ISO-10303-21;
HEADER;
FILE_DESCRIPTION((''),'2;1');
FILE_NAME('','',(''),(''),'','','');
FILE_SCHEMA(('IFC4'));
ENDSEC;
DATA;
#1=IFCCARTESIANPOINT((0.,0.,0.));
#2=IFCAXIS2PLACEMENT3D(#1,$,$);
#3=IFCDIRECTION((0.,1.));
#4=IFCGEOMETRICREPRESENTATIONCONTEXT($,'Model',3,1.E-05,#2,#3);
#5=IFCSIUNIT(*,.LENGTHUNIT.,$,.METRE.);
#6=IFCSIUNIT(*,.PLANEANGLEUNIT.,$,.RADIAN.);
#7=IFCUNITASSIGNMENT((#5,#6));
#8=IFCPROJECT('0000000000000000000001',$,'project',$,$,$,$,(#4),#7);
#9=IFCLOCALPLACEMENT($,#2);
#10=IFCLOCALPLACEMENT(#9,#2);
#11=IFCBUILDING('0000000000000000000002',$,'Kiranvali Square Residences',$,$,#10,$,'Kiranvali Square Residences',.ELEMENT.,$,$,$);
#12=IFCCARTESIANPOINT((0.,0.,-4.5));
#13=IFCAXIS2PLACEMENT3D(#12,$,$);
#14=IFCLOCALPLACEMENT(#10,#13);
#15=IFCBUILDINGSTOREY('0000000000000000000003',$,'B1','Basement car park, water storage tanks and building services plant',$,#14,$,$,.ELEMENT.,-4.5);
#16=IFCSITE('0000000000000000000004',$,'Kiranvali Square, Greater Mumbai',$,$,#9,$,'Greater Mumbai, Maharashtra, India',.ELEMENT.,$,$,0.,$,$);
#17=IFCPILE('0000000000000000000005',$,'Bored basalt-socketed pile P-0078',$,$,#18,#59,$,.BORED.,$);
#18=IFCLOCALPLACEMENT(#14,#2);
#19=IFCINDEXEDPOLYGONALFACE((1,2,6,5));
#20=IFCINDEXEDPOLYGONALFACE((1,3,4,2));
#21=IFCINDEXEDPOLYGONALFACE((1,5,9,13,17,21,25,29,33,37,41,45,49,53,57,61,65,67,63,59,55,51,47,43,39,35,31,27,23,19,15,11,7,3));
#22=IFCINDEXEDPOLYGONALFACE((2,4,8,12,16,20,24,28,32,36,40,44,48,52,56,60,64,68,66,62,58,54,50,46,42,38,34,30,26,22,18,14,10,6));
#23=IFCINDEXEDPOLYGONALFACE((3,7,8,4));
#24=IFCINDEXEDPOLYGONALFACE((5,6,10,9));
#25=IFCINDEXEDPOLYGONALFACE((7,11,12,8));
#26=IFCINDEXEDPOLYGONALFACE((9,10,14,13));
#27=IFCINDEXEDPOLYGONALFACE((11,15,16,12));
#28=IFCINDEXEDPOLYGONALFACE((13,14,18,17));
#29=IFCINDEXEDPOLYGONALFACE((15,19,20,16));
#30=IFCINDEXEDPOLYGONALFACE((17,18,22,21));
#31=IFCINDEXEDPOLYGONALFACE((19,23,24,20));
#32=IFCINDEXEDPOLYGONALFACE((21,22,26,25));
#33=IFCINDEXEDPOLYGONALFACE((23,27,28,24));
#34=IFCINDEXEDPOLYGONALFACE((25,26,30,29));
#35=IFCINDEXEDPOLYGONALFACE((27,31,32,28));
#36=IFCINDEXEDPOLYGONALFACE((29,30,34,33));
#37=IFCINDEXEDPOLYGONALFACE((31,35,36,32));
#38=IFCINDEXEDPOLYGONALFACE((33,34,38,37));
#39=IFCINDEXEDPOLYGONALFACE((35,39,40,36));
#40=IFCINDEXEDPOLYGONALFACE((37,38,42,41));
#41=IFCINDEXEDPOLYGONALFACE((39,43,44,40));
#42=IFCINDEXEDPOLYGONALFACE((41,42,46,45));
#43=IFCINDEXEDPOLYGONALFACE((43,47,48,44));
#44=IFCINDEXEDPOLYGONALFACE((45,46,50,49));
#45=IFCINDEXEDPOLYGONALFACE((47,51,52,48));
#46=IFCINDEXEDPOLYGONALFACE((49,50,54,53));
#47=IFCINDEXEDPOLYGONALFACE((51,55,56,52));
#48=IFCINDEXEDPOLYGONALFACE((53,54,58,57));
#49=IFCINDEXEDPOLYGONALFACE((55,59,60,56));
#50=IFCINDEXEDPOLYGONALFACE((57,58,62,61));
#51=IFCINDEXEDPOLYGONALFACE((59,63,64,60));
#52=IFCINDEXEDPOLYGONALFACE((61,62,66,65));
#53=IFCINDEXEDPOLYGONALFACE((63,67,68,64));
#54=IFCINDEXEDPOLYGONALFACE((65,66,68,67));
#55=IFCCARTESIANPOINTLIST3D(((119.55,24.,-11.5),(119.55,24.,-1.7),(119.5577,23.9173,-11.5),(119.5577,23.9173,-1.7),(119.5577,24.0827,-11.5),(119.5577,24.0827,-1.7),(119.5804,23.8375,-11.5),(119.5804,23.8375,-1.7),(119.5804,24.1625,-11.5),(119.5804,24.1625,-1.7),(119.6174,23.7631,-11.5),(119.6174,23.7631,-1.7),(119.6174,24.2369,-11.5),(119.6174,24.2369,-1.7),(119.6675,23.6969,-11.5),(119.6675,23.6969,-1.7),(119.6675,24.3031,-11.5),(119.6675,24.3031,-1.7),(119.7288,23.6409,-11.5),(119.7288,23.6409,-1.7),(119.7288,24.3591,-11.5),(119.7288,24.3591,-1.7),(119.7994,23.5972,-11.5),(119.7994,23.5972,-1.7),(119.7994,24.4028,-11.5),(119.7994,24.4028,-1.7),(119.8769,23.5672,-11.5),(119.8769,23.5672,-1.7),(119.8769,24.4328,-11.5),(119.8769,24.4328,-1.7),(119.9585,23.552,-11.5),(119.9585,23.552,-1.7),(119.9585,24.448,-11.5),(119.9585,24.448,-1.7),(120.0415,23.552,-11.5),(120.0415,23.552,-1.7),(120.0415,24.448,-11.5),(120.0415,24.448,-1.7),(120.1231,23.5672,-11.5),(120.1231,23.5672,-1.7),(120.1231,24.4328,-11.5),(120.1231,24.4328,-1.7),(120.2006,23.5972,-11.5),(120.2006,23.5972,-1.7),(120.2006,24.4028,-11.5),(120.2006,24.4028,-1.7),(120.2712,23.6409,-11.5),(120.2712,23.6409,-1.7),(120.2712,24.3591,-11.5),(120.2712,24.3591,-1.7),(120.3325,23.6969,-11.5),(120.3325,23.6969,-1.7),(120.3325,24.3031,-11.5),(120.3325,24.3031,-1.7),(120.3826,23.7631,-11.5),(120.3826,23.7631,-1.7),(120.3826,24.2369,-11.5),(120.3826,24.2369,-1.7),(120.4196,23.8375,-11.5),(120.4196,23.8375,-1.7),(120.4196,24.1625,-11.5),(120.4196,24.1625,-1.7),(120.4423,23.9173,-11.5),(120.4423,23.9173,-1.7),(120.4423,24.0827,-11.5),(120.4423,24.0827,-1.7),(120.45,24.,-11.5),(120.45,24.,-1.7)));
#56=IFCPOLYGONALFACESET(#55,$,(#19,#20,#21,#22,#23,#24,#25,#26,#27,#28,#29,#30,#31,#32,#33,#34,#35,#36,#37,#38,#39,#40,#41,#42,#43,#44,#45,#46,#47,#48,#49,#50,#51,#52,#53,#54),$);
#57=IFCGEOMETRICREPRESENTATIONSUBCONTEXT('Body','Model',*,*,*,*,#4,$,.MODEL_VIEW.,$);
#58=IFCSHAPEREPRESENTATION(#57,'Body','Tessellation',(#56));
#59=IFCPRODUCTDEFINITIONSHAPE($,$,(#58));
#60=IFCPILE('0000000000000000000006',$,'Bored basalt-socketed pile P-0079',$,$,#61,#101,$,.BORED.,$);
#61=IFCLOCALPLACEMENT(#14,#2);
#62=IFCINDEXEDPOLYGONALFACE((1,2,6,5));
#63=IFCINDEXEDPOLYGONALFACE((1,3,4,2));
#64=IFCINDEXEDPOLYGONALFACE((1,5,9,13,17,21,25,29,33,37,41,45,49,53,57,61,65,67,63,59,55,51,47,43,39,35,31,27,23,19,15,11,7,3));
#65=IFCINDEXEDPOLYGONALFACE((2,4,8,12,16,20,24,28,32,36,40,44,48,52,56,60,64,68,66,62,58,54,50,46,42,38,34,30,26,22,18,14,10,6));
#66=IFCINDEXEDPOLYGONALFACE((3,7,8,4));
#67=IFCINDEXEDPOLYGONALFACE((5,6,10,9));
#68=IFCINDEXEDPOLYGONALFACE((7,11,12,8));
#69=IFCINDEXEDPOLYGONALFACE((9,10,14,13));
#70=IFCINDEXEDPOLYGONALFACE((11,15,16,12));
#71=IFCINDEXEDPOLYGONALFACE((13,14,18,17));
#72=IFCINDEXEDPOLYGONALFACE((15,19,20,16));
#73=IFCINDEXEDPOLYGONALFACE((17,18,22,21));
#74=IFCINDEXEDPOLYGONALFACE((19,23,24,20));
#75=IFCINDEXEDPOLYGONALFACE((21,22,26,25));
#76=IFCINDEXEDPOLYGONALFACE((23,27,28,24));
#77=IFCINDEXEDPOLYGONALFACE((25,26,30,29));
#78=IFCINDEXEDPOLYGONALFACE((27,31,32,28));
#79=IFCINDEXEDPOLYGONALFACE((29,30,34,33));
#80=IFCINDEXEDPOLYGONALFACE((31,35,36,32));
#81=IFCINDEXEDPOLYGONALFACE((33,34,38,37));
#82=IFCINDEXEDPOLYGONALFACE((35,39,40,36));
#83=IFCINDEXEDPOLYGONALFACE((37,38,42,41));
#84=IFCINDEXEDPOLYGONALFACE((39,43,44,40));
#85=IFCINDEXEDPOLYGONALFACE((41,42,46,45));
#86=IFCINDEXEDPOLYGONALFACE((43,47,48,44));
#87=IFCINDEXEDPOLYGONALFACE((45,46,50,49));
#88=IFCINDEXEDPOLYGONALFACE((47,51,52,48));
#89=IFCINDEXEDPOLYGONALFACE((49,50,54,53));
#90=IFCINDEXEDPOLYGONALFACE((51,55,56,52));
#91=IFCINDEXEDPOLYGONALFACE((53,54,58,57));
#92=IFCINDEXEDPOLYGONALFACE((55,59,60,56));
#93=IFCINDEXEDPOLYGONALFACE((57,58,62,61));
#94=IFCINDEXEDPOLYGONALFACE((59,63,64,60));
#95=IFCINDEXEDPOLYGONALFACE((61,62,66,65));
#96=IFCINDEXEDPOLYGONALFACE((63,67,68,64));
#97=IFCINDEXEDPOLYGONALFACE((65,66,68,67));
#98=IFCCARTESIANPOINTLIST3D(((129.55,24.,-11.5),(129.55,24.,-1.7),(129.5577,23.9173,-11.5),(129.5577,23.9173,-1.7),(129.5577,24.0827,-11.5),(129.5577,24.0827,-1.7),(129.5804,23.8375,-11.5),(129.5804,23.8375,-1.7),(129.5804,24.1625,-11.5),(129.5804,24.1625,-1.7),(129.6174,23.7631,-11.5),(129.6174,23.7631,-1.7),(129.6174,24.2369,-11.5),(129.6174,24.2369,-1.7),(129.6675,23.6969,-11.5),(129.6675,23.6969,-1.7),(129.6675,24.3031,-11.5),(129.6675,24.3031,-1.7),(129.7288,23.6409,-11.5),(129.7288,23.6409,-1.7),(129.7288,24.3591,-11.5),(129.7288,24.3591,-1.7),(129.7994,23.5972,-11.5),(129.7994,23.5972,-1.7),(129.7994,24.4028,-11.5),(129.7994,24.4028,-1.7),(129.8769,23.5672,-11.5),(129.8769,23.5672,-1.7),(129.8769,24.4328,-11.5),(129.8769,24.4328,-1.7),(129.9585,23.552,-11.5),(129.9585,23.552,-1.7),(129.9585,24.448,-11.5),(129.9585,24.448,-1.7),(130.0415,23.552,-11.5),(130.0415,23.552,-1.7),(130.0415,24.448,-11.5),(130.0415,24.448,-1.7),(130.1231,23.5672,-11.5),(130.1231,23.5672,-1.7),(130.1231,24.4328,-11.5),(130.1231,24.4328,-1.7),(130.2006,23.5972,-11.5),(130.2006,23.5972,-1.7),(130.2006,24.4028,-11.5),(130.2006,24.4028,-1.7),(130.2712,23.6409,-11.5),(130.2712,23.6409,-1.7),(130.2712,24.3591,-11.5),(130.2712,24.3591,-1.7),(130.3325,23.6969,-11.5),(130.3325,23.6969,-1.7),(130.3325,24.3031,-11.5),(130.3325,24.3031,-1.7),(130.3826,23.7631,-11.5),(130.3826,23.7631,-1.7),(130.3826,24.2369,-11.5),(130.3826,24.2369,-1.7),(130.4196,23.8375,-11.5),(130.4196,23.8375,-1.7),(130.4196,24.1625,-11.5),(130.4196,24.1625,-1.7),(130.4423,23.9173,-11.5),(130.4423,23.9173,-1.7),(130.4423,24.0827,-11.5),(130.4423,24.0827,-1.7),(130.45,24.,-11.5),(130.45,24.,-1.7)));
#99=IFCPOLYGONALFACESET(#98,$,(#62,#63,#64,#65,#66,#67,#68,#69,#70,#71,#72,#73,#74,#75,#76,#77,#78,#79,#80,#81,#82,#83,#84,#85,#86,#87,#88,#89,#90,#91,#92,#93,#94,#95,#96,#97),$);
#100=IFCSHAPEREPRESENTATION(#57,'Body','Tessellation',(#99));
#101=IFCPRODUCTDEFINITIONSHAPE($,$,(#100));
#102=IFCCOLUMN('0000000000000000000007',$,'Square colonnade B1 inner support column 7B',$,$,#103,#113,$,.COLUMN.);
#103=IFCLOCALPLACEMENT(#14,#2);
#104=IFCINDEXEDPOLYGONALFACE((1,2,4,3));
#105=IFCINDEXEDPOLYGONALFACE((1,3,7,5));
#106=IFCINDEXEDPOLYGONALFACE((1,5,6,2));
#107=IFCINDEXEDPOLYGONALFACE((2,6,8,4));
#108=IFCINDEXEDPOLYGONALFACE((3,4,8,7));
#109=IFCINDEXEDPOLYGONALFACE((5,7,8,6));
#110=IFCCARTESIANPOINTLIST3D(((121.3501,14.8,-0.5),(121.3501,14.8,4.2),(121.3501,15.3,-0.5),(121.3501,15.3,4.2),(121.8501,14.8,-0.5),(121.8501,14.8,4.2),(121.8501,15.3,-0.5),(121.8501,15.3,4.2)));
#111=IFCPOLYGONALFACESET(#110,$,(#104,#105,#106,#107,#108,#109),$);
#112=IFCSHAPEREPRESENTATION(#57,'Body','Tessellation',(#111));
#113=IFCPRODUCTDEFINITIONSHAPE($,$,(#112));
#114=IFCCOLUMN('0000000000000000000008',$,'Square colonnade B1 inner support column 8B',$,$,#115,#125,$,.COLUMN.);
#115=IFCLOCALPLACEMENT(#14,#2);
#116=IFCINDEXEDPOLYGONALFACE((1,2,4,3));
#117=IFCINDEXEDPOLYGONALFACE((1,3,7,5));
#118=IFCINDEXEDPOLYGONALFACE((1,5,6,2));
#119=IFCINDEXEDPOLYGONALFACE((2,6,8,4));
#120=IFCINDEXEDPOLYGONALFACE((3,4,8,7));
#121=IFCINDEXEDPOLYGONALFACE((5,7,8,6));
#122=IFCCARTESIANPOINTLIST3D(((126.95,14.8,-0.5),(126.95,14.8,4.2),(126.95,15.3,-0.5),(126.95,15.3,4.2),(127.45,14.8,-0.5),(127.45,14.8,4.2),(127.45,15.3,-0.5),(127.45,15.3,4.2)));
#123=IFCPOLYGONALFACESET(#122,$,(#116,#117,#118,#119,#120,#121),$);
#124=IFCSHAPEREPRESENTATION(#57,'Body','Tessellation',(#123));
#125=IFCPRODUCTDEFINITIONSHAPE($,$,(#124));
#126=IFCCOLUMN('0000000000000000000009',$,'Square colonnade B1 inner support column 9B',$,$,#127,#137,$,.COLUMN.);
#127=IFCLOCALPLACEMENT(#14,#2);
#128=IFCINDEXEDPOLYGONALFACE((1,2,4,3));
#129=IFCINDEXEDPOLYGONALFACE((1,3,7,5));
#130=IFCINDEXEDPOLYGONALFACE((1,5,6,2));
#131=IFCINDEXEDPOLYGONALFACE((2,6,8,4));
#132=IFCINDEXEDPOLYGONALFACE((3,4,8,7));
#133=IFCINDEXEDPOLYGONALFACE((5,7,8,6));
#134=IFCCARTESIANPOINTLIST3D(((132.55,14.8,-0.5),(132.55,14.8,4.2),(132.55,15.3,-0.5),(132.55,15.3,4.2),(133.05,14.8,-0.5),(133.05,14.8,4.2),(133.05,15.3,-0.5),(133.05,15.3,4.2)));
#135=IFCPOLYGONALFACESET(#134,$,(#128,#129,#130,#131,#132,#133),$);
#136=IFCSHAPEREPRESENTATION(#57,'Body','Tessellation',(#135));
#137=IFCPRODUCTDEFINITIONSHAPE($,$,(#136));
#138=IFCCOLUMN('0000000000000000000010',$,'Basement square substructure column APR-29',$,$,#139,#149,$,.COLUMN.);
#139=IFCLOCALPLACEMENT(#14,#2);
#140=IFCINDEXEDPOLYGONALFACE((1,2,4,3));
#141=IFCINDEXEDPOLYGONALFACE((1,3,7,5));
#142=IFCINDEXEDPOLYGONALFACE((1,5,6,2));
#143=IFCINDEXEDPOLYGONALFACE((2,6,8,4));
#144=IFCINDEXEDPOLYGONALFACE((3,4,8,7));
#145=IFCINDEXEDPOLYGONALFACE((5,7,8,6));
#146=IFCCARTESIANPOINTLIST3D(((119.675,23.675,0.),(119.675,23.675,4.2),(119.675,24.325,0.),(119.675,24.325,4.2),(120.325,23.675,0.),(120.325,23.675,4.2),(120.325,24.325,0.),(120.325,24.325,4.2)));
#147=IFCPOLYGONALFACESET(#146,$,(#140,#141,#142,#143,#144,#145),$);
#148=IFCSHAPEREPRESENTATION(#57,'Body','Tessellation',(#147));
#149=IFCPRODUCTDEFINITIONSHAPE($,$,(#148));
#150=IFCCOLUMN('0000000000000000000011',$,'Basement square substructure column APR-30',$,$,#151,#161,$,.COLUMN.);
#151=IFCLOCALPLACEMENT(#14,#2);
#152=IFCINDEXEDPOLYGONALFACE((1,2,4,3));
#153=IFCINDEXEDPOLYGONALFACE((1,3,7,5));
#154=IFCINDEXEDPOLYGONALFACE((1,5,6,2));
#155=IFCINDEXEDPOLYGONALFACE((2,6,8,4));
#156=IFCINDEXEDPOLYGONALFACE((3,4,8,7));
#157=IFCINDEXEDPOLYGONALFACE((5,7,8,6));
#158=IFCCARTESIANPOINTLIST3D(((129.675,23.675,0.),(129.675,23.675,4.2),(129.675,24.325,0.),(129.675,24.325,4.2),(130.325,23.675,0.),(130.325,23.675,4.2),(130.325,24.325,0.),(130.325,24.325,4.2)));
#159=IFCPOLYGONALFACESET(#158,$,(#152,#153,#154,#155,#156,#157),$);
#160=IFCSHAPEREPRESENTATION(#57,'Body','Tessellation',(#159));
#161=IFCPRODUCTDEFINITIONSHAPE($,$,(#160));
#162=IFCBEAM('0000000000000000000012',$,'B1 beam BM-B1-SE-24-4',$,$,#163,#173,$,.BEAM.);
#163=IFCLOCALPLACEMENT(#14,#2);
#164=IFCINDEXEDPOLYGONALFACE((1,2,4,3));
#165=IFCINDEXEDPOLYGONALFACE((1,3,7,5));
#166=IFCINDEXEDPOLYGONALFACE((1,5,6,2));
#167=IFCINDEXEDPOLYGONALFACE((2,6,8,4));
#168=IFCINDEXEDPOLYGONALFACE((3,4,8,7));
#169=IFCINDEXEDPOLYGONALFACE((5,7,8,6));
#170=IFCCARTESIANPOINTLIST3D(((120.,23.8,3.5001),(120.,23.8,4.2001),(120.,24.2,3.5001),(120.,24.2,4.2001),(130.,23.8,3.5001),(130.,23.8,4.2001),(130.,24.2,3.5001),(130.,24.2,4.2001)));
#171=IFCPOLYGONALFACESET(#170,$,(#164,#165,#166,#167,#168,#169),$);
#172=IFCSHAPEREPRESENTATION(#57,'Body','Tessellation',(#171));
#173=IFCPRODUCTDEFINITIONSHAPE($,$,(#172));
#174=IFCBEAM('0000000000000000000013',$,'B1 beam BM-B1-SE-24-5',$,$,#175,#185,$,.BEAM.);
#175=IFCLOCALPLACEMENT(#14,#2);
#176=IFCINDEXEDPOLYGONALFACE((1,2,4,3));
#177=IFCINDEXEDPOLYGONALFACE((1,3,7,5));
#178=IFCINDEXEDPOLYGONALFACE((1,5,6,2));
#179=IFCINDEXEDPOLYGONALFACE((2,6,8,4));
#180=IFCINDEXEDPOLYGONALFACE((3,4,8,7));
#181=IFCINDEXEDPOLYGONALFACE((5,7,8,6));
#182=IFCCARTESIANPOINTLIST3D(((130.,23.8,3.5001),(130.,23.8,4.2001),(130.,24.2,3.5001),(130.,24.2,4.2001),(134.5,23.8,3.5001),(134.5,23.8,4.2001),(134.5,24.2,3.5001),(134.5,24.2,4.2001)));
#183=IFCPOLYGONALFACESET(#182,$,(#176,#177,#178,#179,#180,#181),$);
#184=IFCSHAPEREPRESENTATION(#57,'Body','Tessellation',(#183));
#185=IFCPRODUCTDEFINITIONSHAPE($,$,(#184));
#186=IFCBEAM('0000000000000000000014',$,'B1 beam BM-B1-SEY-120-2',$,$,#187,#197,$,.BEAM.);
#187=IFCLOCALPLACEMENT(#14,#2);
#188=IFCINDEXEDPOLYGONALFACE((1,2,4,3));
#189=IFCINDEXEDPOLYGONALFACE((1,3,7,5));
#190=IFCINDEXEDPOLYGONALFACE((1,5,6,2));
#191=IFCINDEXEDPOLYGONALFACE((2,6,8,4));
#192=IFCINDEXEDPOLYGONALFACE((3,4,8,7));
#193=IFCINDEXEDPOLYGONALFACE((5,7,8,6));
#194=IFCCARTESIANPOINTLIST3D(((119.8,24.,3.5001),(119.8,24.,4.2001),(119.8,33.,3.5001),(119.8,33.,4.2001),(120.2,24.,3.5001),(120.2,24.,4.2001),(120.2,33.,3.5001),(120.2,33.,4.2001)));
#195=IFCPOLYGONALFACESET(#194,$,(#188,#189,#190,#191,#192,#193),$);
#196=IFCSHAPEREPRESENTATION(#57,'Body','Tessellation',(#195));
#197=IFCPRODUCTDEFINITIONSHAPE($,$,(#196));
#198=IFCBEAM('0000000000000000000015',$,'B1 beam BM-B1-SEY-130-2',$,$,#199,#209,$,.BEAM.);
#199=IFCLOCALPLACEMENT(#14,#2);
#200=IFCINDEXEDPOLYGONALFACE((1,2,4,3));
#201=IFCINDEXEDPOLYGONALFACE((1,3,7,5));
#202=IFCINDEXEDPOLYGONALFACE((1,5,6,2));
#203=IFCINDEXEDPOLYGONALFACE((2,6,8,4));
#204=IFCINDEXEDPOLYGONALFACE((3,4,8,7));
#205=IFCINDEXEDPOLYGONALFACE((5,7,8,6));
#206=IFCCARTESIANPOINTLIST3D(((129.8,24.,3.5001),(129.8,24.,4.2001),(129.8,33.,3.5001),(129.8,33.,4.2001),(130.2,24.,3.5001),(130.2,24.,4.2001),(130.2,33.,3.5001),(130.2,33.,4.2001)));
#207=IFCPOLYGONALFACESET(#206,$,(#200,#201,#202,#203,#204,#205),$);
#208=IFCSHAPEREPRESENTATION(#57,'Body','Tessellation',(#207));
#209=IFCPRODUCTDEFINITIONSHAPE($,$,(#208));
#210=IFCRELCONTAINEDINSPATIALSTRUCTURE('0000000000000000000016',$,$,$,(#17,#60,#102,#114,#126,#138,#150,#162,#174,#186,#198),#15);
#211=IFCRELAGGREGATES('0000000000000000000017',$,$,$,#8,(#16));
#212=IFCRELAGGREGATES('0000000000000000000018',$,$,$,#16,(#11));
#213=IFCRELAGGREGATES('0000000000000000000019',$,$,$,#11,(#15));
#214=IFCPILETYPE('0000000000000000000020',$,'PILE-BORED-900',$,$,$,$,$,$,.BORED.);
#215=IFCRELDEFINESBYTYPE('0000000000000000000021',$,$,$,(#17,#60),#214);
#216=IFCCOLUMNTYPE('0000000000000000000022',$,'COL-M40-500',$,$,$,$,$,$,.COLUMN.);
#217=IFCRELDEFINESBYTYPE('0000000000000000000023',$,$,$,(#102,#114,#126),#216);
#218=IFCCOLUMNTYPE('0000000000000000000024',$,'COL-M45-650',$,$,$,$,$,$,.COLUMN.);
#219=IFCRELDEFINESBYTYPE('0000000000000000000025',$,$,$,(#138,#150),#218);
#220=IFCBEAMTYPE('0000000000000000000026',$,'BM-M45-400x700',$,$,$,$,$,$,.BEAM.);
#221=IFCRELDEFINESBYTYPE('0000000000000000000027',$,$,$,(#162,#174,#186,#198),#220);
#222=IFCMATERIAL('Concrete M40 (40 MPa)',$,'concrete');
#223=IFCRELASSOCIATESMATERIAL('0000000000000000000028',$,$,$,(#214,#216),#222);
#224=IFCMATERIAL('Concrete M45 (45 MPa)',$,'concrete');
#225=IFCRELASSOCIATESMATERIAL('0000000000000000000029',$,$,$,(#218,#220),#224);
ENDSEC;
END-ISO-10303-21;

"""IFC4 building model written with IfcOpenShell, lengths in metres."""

from ifc_helpers import new_model, si_unit, direction, frame, origin, origin_2d, place, context, subcontext, project, spatial, rectangle, circle, extrude, material, material_profile, profile_set, type_object, element, save


model = new_model("IFC4")

# Units and contexts
model_context = context("Model", 3, precision=1e-05, world=origin(), true_north=direction((0.0, 1.0)))
body_context = subcontext(model_context, "Body", "Model", "MODEL_VIEW")
ifc_project = project(units=[si_unit("LENGTHUNIT", "METRE"), si_unit("PLANEANGLEUNIT", "RADIAN")], contexts=[model_context])

# Site, building, storey
site_placement = place(None, origin())
site = spatial("IfcSite", under=ifc_project, at=site_placement, Name="Kiranvali Square, Greater Mumbai", LongName="Greater Mumbai, Maharashtra, India", CompositionType="ELEMENT", RefElevation=0.0)
building_placement = place(site_placement, origin())
building = spatial("IfcBuilding", under=site, at=building_placement, Name="Kiranvali Square Residences", LongName="Kiranvali Square Residences", CompositionType="ELEMENT")
storey_placement = place(building_placement, frame((0.0, 0.0, -4.5)))
storey = spatial("IfcBuildingStorey", under=building, at=storey_placement, Name="B1", Description="Basement car park, water storage tanks and building services plant", CompositionType="ELEMENT", Elevation=-4.5)

# Shared definitions
ifc_material_1 = material(Name="Concrete M40 (40 MPa)", Category="concrete")

# Piles
ifc_material_profile_1 = material_profile(ifc_material_1, circle(Radius=0.45, at=origin_2d()), Name="BORED PILE 900")
ifc_profile_set_1 = profile_set([ifc_material_profile_1], Name="Concrete M40 (40 MPa)")
pile_type = type_object("IfcPileType", Name="PILE-BORED-900", PredefinedType="BORED", material=ifc_profile_set_1)
for number, where, z_axis, x_axis, name in (
    (1, (120.0, 24.0, -1.7), (0.0, 0.0, -1.0), (1.0, 0.0, 0.0), "Bored basalt-socketed pile P-0078"),
    (2, (130.0, 24.0, -1.7), (0.0, 0.0, -1.0), (1.0, 0.0, 0.0), "Bored basalt-socketed pile P-0079"),
):
    element("IfcPile", number, at=place(storey_placement, frame(where, z_axis=z_axis, x_axis=x_axis)), inside=storey, type_object=pile_type, Name=name, PredefinedType="BORED", context=body_context, shape_type="SweptSolid", body=[
        extrude(circle(Radius=0.45, at=origin_2d()), origin(), (0.0, 0.0, 1.0), 9.8),
    ])

# Columns
ifc_material_profile_2 = material_profile(ifc_material_1, rectangle(XDim=0.5, YDim=0.5, at=origin_2d()), Name="RC 500x500")
ifc_profile_set_2 = profile_set([ifc_material_profile_2], Name="Concrete M40 (40 MPa)")
column_type_1 = type_object("IfcColumnType", Name="COL-M40-500", PredefinedType="COLUMN", material=ifc_profile_set_2)
for number, where, z_axis, x_axis, name in (
    (3, (121.6001, 15.05, -0.5), (0.0, 0.0, 1.0), (1.0, 0.0, 0.0), "Square colonnade B1 inner support column 7B"),
    (4, (127.2, 15.05, -0.5), (0.0, 0.0, 1.0), (1.0, 0.0, 0.0), "Square colonnade B1 inner support column 8B"),
    (5, (132.8, 15.05, -0.5), (0.0, 0.0, 1.0), (1.0, 0.0, 0.0), "Square colonnade B1 inner support column 9B"),
):
    element("IfcColumn", number, at=place(storey_placement, frame(where, z_axis=z_axis, x_axis=x_axis)), inside=storey, type_object=column_type_1, Name=name, PredefinedType="COLUMN", context=body_context, shape_type="SweptSolid", body=[
        extrude(rectangle(XDim=0.5, YDim=0.5, at=origin_2d()), origin(), (0.0, 0.0, 1.0), 4.7),
    ])
ifc_material_2 = material(Name="Concrete M45 (45 MPa)", Category="concrete")
ifc_material_profile_3 = material_profile(ifc_material_2, rectangle(XDim=0.6499, YDim=0.6499, at=origin_2d()), Name="RC 650x650")
ifc_profile_set_3 = profile_set([ifc_material_profile_3], Name="Concrete M45 (45 MPa)")
column_type_2 = type_object("IfcColumnType", Name="COL-M45-650", PredefinedType="COLUMN", material=ifc_profile_set_3)
for number, where, z_axis, x_axis, name in (
    (6, (120.0, 24.0, 0.0), (0.0, 0.0, 1.0), (1.0, 0.0, 0.0), "Basement square substructure column APR-29"),
    (7, (130.0, 24.0, 0.0), (0.0, 0.0, 1.0), (1.0, 0.0, 0.0), "Basement square substructure column APR-30"),
):
    element("IfcColumn", number, at=place(storey_placement, frame(where, z_axis=z_axis, x_axis=x_axis)), inside=storey, type_object=column_type_2, Name=name, PredefinedType="COLUMN", context=body_context, shape_type="SweptSolid", body=[
        extrude(rectangle(XDim=0.6499, YDim=0.6499, at=origin_2d()), origin(), (0.0, 0.0, 1.0), 4.2),
    ])

# Beams
ifc_material_profile_4 = material_profile(ifc_material_2, rectangle(XDim=0.3999, YDim=0.7, at=origin_2d()), Name="RC 400x700")
ifc_profile_set_4 = profile_set([ifc_material_profile_4], Name="Concrete M45 (45 MPa)")
beam_type = type_object("IfcBeamType", Name="BM-M45-400x700", PredefinedType="BEAM", material=ifc_profile_set_4)
beam_1_placement = place(storey_placement, frame((120.0, 24.0, 3.8501), z_axis=(1.0, 0.0, 0.0), x_axis=(0.0, 1.0, 0.0)))
element("IfcBeam", 8, at=beam_1_placement, inside=storey, type_object=beam_type, Name="B1 beam BM-B1-SE-24-4", PredefinedType="BEAM", context=body_context, shape_type="SweptSolid", body=[
    extrude(rectangle(XDim=0.3999, YDim=0.7, at=origin_2d()), origin(), (0.0, 0.0, 1.0), 10.0),
])
beam_2_placement = place(storey_placement, frame((130.0, 24.0, 3.8501), z_axis=(1.0, 0.0, 0.0), x_axis=(0.0, 1.0, 0.0)))
element("IfcBeam", 9, at=beam_2_placement, inside=storey, type_object=beam_type, Name="B1 beam BM-B1-SE-24-5", PredefinedType="BEAM", context=body_context, shape_type="SweptSolid", body=[
    extrude(rectangle(XDim=0.3999, YDim=0.7, at=origin_2d()), origin(), (0.0, 0.0, 1.0), 4.5),
])
for number, where, z_axis, x_axis, name in (
    (10, (120.0, 24.0, 3.8501), (0.0, 1.0, 0.0), (-1.0, 0.0, 0.0), "B1 beam BM-B1-SEY-120-2"),
    (11, (130.0, 24.0, 3.8501), (0.0, 1.0, 0.0), (-1.0, 0.0, 0.0), "B1 beam BM-B1-SEY-130-2"),
):
    element("IfcBeam", number, at=place(storey_placement, frame(where, z_axis=z_axis, x_axis=x_axis)), inside=storey, type_object=beam_type, Name=name, PredefinedType="BEAM", context=body_context, shape_type="SweptSolid", body=[
        extrude(rectangle(XDim=0.3999, YDim=0.7, at=origin_2d()), origin(), (0.0, 0.0, 1.0), 9.0),
    ])

save(model, "model.ifc")
